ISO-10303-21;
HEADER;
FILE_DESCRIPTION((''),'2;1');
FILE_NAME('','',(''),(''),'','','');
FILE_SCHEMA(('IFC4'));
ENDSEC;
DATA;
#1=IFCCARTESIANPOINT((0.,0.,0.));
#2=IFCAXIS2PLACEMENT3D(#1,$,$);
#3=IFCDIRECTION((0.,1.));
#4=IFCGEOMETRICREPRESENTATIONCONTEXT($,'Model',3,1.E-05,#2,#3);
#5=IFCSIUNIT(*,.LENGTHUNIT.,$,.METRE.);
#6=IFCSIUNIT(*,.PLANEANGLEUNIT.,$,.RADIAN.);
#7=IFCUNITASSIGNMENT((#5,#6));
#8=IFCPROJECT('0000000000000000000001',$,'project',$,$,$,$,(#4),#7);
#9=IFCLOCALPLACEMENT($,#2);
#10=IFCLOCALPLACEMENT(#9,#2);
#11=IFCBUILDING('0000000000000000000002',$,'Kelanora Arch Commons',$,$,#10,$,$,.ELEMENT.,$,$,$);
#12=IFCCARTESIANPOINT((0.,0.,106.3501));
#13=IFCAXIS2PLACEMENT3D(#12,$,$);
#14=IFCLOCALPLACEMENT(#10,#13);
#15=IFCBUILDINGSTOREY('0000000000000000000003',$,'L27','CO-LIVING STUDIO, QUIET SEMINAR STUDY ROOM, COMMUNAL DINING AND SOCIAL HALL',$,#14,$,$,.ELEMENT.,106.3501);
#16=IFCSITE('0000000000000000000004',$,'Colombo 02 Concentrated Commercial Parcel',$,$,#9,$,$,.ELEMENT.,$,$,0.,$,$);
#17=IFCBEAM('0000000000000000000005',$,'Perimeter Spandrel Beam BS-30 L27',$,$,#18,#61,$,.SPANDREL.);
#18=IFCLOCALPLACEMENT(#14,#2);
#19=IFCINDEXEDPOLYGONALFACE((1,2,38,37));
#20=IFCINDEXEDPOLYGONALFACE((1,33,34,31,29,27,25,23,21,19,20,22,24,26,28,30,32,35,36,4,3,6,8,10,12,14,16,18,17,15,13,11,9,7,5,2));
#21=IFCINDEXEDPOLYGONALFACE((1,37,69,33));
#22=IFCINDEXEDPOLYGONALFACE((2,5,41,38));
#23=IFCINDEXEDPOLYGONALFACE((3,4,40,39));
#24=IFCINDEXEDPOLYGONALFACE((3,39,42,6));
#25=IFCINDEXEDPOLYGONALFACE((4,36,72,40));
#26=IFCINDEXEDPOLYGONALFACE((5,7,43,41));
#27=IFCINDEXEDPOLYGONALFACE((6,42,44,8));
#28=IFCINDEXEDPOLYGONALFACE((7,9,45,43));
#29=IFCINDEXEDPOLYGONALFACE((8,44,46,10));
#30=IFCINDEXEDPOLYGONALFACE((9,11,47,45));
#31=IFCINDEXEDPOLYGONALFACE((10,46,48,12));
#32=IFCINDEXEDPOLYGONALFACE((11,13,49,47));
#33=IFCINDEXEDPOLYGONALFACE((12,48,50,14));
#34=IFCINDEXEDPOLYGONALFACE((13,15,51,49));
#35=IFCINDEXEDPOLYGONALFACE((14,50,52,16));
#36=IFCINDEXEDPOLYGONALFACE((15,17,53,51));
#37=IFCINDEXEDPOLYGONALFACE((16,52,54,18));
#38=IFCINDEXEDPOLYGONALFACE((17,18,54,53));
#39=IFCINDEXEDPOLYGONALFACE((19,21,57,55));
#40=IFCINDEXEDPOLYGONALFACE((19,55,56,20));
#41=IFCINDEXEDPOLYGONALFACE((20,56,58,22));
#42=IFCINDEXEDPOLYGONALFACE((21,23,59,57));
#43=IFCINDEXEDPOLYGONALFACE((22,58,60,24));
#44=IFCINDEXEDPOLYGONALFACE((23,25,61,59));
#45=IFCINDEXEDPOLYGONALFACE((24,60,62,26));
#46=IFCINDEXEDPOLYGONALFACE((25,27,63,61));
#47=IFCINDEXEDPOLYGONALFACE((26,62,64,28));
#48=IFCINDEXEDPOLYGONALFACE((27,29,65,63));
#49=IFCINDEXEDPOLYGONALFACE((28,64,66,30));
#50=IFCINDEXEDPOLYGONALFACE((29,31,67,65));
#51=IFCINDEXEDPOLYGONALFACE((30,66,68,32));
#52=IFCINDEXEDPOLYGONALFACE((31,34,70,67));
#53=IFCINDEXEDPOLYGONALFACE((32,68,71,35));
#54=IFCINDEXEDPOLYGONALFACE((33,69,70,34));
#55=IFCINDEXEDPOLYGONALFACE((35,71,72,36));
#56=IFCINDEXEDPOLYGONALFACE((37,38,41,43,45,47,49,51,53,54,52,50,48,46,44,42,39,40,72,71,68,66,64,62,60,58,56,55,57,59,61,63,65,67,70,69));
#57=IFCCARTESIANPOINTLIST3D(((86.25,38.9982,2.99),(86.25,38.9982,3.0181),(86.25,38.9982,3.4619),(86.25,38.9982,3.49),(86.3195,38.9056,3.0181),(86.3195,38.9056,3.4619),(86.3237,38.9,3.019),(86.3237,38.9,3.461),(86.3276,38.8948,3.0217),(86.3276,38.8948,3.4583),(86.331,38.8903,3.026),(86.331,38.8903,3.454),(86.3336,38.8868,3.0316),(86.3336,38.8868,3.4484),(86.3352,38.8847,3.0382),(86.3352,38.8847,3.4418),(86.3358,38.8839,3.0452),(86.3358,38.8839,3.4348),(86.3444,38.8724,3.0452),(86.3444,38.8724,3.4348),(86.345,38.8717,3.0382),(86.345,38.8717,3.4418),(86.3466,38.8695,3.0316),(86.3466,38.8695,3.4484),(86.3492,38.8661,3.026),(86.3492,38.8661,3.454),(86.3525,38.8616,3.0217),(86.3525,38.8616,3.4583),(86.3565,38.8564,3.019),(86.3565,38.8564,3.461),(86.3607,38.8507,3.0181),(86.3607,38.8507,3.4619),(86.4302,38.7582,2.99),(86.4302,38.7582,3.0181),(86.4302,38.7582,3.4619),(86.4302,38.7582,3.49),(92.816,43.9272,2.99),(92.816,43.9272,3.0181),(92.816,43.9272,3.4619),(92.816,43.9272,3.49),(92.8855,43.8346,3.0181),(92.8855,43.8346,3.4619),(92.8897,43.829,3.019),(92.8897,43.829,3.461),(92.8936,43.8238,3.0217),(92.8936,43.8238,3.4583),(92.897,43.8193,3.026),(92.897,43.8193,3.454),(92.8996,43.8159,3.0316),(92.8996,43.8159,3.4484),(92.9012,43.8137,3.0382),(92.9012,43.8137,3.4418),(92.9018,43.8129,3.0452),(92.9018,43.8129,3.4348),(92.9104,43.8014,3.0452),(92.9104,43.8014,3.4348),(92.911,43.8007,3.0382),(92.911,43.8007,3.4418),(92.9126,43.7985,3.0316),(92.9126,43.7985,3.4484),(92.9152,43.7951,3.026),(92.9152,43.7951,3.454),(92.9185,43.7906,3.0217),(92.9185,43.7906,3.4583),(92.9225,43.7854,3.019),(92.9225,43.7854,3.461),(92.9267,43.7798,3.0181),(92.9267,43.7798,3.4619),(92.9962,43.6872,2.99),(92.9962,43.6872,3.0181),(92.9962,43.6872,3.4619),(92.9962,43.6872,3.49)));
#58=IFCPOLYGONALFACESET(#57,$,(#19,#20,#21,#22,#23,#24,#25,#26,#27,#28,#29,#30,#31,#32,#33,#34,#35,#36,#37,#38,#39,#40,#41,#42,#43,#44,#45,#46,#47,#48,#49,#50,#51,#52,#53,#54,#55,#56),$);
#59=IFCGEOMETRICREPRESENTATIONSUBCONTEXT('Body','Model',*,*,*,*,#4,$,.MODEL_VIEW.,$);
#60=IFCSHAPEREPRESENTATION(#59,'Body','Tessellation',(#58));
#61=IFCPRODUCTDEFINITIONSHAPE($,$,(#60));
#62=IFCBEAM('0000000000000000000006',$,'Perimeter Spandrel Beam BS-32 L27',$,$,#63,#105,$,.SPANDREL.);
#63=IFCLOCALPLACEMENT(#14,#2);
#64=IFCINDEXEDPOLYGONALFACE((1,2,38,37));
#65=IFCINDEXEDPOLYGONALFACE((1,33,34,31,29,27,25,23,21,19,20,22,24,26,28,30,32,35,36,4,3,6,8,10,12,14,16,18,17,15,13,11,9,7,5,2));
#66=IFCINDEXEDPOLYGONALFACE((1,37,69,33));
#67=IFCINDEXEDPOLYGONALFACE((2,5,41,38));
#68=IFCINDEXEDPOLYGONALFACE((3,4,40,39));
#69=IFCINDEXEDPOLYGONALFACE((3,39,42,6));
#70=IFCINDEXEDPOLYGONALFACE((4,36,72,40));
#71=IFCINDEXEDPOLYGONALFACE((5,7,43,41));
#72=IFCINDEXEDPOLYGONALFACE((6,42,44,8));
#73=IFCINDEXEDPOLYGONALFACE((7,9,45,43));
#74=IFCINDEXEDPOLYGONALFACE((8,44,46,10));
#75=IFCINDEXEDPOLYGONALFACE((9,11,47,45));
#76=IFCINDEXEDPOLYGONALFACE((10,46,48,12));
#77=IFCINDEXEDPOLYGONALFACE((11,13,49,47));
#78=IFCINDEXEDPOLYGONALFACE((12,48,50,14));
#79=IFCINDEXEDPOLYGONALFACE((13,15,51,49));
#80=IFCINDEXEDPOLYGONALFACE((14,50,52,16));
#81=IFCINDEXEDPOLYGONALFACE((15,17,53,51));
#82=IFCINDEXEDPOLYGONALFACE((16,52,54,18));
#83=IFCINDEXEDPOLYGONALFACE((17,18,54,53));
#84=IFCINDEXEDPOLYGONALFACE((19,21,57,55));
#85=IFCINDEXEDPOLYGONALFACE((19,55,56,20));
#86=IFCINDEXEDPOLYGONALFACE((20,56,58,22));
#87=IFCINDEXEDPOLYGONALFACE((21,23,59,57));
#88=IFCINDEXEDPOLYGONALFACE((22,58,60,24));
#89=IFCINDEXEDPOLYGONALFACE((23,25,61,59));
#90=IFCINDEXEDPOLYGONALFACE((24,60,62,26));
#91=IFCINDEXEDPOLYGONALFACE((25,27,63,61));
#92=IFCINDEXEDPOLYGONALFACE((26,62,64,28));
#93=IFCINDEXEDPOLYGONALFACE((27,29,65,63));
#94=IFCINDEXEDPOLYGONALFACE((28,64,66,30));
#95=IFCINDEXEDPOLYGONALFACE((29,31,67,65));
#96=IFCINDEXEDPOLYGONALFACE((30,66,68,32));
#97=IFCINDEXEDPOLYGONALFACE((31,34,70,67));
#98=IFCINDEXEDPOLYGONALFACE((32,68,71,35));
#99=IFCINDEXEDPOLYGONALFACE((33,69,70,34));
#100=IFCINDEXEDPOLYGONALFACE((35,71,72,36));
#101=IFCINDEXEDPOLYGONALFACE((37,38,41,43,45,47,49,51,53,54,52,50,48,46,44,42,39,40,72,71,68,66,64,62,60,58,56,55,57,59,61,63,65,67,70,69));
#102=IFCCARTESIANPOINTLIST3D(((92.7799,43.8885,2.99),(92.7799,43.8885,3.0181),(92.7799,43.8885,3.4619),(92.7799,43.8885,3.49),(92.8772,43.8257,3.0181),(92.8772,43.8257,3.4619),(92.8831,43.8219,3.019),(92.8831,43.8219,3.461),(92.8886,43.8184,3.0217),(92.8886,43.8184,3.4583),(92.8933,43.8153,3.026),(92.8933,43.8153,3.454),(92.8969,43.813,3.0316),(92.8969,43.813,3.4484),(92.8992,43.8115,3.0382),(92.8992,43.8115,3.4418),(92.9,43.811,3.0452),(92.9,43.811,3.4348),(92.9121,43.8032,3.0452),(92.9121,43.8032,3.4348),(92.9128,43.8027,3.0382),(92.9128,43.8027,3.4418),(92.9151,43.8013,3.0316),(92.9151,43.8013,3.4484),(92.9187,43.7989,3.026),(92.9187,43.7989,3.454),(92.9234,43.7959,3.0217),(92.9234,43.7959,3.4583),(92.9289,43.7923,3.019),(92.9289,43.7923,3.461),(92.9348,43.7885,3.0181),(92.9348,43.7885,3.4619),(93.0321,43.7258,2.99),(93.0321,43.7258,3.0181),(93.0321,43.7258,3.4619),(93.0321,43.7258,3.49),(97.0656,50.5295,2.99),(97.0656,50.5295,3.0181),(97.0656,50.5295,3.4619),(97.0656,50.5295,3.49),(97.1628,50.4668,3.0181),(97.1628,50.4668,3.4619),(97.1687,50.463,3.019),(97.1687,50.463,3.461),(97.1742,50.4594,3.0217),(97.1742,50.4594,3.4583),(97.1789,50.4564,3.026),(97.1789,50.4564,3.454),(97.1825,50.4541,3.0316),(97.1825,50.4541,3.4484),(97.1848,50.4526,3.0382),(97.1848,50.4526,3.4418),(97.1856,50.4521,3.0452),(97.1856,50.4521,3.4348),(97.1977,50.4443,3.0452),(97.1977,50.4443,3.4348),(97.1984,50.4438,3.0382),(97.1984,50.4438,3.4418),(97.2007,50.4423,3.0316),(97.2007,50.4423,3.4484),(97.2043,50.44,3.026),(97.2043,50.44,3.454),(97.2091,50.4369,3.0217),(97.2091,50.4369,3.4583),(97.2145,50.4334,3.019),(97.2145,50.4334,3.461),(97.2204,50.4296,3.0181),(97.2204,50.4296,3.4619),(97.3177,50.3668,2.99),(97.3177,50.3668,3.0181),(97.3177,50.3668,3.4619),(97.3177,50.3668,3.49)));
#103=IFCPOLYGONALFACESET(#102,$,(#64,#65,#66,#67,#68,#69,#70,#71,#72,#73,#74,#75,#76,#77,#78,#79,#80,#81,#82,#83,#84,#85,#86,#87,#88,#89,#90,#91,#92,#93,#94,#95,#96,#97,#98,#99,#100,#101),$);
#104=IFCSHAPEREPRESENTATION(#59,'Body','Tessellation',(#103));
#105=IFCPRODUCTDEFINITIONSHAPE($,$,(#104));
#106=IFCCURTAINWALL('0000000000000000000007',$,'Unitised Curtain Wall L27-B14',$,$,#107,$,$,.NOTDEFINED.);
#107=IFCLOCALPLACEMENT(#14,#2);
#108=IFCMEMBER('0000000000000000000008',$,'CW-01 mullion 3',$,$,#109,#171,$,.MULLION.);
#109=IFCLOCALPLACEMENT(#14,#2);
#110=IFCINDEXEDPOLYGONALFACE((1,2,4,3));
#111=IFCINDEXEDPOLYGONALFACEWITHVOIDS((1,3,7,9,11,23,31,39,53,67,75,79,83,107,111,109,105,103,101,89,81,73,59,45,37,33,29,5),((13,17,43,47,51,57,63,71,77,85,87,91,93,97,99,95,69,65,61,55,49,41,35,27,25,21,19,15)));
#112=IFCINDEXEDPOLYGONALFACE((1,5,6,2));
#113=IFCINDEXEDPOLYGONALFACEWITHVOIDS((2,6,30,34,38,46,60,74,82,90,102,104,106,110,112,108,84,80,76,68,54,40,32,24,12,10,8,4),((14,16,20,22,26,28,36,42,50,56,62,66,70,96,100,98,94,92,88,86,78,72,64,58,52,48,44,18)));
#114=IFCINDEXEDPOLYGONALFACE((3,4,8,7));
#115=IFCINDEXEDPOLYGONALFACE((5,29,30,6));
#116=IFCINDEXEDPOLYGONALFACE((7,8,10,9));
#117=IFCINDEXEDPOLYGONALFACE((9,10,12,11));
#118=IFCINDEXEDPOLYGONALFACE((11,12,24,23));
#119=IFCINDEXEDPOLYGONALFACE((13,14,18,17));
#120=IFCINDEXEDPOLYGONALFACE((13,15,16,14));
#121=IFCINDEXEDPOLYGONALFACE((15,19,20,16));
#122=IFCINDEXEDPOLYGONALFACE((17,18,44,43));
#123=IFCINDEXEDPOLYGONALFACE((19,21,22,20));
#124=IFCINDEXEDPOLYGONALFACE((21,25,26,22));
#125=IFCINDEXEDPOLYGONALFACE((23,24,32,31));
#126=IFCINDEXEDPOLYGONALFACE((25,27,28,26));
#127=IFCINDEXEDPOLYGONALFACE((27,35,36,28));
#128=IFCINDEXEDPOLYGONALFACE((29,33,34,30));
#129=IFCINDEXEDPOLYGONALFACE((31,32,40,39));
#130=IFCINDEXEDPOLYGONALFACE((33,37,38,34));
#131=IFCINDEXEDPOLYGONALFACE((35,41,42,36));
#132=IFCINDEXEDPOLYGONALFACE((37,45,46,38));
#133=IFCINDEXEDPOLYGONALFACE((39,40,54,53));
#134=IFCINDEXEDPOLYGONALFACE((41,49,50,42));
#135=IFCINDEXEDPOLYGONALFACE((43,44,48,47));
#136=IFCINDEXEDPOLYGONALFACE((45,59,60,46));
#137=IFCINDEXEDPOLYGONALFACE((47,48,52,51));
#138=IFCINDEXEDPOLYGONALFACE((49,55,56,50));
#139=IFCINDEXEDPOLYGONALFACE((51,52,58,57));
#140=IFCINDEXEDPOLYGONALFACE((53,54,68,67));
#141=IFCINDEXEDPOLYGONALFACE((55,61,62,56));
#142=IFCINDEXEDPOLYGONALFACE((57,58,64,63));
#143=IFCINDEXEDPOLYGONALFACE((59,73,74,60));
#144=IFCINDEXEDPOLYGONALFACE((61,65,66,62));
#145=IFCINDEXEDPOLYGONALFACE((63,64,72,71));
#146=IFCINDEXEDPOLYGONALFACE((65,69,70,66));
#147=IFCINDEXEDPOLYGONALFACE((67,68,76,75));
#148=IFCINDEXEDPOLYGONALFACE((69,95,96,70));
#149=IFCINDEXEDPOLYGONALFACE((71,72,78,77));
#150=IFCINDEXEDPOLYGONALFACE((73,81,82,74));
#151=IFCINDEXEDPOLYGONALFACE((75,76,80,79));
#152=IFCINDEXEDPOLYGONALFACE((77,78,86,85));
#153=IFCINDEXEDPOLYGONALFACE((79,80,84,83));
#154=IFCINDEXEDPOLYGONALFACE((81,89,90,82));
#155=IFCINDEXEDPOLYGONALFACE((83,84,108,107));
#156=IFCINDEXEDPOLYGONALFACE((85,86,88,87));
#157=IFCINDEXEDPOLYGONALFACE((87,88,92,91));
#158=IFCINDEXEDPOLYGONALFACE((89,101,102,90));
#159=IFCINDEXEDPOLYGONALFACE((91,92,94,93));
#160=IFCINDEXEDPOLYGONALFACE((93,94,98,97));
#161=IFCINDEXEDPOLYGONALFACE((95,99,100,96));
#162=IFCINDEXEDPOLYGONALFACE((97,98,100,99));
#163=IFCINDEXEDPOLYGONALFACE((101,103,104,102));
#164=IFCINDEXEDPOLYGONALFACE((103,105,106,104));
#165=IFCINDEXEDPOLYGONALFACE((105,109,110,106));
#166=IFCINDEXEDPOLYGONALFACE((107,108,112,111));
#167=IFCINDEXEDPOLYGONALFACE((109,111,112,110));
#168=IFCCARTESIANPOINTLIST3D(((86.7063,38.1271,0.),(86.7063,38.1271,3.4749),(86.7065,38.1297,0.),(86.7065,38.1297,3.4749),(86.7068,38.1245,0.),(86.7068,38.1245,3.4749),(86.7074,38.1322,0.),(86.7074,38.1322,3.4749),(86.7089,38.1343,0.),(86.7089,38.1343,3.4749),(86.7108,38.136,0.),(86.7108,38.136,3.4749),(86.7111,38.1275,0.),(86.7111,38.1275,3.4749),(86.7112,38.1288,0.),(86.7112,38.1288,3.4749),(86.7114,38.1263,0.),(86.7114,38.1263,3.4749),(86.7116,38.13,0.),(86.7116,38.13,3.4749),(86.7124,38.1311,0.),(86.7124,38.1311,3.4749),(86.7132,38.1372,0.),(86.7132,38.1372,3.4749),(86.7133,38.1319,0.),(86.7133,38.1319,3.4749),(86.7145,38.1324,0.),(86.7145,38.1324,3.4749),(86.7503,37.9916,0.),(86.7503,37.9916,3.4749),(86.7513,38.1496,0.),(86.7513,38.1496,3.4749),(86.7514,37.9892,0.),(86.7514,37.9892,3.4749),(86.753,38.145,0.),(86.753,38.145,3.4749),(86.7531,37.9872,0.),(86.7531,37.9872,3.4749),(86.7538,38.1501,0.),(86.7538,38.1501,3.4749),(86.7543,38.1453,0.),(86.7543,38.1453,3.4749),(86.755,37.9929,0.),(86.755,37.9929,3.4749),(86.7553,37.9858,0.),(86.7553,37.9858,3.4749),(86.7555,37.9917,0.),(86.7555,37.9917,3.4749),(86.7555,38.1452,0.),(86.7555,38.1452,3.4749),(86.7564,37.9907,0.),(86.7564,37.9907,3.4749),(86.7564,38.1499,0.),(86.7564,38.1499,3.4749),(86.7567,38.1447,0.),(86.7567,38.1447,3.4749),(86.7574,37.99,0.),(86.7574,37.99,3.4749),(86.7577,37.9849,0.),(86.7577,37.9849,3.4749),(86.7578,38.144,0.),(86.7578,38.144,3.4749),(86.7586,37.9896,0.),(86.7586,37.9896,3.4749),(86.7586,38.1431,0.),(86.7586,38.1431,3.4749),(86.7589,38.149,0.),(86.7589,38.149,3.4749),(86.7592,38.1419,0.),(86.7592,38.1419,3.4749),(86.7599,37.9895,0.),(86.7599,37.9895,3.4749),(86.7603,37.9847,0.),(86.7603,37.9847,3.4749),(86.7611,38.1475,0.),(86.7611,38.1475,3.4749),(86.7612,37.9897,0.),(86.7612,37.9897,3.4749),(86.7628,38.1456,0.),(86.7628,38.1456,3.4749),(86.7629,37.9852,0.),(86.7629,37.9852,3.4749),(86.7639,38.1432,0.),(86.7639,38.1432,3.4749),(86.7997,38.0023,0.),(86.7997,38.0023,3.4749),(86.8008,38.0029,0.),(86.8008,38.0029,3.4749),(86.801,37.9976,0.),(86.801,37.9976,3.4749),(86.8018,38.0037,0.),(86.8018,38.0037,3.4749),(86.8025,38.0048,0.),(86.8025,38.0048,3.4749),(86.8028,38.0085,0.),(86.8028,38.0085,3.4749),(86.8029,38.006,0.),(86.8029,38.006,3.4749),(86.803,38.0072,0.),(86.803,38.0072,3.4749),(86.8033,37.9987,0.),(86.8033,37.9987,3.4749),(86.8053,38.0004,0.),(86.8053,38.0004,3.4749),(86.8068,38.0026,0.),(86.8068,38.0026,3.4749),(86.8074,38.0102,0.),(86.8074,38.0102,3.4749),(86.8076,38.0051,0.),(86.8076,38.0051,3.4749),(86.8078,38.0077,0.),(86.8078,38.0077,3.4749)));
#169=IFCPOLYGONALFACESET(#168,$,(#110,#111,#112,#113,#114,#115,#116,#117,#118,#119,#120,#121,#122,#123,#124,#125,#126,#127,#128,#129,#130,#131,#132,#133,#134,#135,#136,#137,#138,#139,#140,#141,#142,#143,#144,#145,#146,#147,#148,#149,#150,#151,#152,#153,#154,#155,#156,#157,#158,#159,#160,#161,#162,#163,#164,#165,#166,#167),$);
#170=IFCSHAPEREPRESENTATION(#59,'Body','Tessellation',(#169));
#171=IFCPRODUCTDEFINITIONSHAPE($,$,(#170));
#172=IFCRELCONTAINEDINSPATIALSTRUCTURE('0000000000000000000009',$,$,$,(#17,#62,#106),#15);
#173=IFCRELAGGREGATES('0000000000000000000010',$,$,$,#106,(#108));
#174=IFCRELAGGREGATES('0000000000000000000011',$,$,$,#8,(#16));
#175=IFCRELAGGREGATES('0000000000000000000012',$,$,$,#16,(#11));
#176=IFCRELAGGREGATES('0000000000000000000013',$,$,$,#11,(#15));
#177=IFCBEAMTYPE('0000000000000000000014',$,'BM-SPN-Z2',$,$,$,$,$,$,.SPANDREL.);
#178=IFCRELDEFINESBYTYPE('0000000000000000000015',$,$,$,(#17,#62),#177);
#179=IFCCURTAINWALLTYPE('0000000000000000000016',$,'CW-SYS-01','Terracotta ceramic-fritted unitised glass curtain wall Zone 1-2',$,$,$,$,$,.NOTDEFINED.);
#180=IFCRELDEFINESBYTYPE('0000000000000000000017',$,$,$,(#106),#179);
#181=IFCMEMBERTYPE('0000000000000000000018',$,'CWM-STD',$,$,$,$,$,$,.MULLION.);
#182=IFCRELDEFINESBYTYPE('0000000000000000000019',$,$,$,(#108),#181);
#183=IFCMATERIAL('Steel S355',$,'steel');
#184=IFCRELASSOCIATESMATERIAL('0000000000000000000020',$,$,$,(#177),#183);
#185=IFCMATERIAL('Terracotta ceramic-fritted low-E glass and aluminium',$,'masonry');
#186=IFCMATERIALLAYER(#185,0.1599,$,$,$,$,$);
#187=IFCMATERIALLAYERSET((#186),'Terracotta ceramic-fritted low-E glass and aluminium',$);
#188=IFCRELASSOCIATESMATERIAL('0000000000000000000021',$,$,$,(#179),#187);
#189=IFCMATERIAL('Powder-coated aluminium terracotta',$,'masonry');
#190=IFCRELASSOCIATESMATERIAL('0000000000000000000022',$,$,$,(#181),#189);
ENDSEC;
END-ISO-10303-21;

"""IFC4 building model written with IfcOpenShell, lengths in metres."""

from ifc_helpers import new_model, si_unit, direction, frame, origin, origin_2d, place, context, subcontext, project, spatial, hollow_rectangle, i_section, extrude, material, layer, layer_set, material_profile, profile_set, type_object, element, aggregate, save


model = new_model("IFC4")

# Units and contexts
model_context = context("Model", 3, precision=1e-05, world=origin(), true_north=direction((0.0, 1.0)))
body_context = subcontext(model_context, "Body", "Model", "MODEL_VIEW")
ifc_project = project(units=[si_unit("LENGTHUNIT", "METRE"), si_unit("PLANEANGLEUNIT", "RADIAN")], contexts=[model_context])

# Site, building, storey
site_placement = place(None, origin())
site = spatial("IfcSite", under=ifc_project, at=site_placement, Name="Colombo 02 Concentrated Commercial Parcel", CompositionType="ELEMENT", RefElevation=0.0)
building_placement = place(site_placement, origin())
building = spatial("IfcBuilding", under=site, at=building_placement, Name="Kelanora Arch Commons", CompositionType="ELEMENT")
storey_placement = place(building_placement, frame((0.0, 0.0, 106.3501)))
storey = spatial("IfcBuildingStorey", under=building, at=storey_placement, Name="L27", Description="CO-LIVING STUDIO, QUIET SEMINAR STUDY ROOM, COMMUNAL DINING AND SOCIAL HALL", CompositionType="ELEMENT", Elevation=106.3501)

# Beams
ifc_material_1 = material(Name="Steel S355", Category="steel")
ifc_material_profile_1 = material_profile(ifc_material_1, i_section(OverallWidth=0.3, OverallDepth=0.5, WebThickness=0.0144, FlangeThickness=0.0281, FilletRadius=0.0271, at=origin_2d()), Name="HEB500")
ifc_profile_set_1 = profile_set([ifc_material_profile_1], Name="Steel S355")
beam_type_1 = type_object("IfcBeamType", Name="BM-SPN-Z2", PredefinedType="SPANDREL", material=ifc_profile_set_1)
beam_1_placement = place(storey_placement, frame((86.3401, 38.8782, 3.24), z_axis=(0.799736, 0.600352, 0.0), x_axis=(-0.600352, 0.799736, 0.0)))
element("IfcBeam", 1, at=beam_1_placement, inside=storey, type_object=beam_type_1, Name="Perimeter Spandrel Beam BS-30 L27", PredefinedType="SPANDREL", context=body_context, shape_type="SweptSolid", body=[
    extrude(i_section(OverallWidth=0.3, OverallDepth=0.5, WebThickness=0.0144, FlangeThickness=0.0281, FilletRadius=0.0271, at=origin_2d()), origin(), (0.0, 0.0, 1.0), 8.2102),
])
beam_2_placement = place(storey_placement, frame((92.906, 43.8071, 3.24), z_axis=(0.542221, 0.840236, 0.0), x_axis=(-0.840236, 0.542221, 0.0)))
element("IfcBeam", 2, at=beam_2_placement, inside=storey, type_object=beam_type_1, Name="Perimeter Spandrel Beam BS-32 L27", PredefinedType="SPANDREL", context=body_context, shape_type="SweptSolid", body=[
    extrude(i_section(OverallWidth=0.3, OverallDepth=0.5, WebThickness=0.0144, FlangeThickness=0.0281, FilletRadius=0.0271, at=origin_2d()), origin(), (0.0, 0.0, 1.0), 7.9038),
])

# Curtain wall, member
ifc_material_2 = material(Name="Terracotta ceramic-fritted low-E glass and aluminium", Category="masonry")
ifc_layer_1 = layer(ifc_material_2, 0.1599)
ifc_layer_set_1 = layer_set([ifc_layer_1], Name="Terracotta ceramic-fritted low-E glass and aluminium")
curtain_wall_type = type_object("IfcCurtainWallType", Name="CW-SYS-01", Description="Terracotta ceramic-fritted unitised glass curtain wall Zone 1-2", PredefinedType="NOTDEFINED", material=ifc_layer_set_1)
curtain_wall_1_placement = place(storey_placement, origin())
curtain_wall_1 = element("IfcCurtainWall", 3, at=curtain_wall_1_placement, inside=storey, type_object=curtain_wall_type, Name="Unitised Curtain Wall L27-B14", PredefinedType="NOTDEFINED")
ifc_material_3 = material(Name="Powder-coated aluminium terracotta", Category="masonry")
ifc_material_profile_2 = material_profile(ifc_material_3, hollow_rectangle(XDim=0.1599, YDim=0.0601, WallThickness=0.0049, InnerFilletRadius=0.0049, OuterFilletRadius=0.01, at=origin_2d()), Name="CWM160x60")
ifc_profile_set_2 = profile_set([ifc_material_profile_2], Name="Powder-coated aluminium terracotta")
member_type_1 = type_object("IfcMemberType", Name="CWM-STD", PredefinedType="MULLION", material=ifc_profile_set_2)
member_1_placement = place(storey_placement, frame((86.7571, 38.0674, 0.0), z_axis=(0.0, 0.0, 1.0), x_axis=(-0.310805, 0.950474, 0.0)))
member_1 = element("IfcMember", 4, at=member_1_placement, type_object=member_type_1, Name="CW-01 mullion 3", PredefinedType="MULLION", context=body_context, shape_type="SweptSolid", body=[
    extrude(hollow_rectangle(XDim=0.1599, YDim=0.0601, WallThickness=0.0049, InnerFilletRadius=0.0049, OuterFilletRadius=0.01, at=origin_2d()), origin(), (0.0, 0.0, 1.0), 3.4749),
])
aggregate(curtain_wall_1, [member_1])

save(model, "model.ifc")
